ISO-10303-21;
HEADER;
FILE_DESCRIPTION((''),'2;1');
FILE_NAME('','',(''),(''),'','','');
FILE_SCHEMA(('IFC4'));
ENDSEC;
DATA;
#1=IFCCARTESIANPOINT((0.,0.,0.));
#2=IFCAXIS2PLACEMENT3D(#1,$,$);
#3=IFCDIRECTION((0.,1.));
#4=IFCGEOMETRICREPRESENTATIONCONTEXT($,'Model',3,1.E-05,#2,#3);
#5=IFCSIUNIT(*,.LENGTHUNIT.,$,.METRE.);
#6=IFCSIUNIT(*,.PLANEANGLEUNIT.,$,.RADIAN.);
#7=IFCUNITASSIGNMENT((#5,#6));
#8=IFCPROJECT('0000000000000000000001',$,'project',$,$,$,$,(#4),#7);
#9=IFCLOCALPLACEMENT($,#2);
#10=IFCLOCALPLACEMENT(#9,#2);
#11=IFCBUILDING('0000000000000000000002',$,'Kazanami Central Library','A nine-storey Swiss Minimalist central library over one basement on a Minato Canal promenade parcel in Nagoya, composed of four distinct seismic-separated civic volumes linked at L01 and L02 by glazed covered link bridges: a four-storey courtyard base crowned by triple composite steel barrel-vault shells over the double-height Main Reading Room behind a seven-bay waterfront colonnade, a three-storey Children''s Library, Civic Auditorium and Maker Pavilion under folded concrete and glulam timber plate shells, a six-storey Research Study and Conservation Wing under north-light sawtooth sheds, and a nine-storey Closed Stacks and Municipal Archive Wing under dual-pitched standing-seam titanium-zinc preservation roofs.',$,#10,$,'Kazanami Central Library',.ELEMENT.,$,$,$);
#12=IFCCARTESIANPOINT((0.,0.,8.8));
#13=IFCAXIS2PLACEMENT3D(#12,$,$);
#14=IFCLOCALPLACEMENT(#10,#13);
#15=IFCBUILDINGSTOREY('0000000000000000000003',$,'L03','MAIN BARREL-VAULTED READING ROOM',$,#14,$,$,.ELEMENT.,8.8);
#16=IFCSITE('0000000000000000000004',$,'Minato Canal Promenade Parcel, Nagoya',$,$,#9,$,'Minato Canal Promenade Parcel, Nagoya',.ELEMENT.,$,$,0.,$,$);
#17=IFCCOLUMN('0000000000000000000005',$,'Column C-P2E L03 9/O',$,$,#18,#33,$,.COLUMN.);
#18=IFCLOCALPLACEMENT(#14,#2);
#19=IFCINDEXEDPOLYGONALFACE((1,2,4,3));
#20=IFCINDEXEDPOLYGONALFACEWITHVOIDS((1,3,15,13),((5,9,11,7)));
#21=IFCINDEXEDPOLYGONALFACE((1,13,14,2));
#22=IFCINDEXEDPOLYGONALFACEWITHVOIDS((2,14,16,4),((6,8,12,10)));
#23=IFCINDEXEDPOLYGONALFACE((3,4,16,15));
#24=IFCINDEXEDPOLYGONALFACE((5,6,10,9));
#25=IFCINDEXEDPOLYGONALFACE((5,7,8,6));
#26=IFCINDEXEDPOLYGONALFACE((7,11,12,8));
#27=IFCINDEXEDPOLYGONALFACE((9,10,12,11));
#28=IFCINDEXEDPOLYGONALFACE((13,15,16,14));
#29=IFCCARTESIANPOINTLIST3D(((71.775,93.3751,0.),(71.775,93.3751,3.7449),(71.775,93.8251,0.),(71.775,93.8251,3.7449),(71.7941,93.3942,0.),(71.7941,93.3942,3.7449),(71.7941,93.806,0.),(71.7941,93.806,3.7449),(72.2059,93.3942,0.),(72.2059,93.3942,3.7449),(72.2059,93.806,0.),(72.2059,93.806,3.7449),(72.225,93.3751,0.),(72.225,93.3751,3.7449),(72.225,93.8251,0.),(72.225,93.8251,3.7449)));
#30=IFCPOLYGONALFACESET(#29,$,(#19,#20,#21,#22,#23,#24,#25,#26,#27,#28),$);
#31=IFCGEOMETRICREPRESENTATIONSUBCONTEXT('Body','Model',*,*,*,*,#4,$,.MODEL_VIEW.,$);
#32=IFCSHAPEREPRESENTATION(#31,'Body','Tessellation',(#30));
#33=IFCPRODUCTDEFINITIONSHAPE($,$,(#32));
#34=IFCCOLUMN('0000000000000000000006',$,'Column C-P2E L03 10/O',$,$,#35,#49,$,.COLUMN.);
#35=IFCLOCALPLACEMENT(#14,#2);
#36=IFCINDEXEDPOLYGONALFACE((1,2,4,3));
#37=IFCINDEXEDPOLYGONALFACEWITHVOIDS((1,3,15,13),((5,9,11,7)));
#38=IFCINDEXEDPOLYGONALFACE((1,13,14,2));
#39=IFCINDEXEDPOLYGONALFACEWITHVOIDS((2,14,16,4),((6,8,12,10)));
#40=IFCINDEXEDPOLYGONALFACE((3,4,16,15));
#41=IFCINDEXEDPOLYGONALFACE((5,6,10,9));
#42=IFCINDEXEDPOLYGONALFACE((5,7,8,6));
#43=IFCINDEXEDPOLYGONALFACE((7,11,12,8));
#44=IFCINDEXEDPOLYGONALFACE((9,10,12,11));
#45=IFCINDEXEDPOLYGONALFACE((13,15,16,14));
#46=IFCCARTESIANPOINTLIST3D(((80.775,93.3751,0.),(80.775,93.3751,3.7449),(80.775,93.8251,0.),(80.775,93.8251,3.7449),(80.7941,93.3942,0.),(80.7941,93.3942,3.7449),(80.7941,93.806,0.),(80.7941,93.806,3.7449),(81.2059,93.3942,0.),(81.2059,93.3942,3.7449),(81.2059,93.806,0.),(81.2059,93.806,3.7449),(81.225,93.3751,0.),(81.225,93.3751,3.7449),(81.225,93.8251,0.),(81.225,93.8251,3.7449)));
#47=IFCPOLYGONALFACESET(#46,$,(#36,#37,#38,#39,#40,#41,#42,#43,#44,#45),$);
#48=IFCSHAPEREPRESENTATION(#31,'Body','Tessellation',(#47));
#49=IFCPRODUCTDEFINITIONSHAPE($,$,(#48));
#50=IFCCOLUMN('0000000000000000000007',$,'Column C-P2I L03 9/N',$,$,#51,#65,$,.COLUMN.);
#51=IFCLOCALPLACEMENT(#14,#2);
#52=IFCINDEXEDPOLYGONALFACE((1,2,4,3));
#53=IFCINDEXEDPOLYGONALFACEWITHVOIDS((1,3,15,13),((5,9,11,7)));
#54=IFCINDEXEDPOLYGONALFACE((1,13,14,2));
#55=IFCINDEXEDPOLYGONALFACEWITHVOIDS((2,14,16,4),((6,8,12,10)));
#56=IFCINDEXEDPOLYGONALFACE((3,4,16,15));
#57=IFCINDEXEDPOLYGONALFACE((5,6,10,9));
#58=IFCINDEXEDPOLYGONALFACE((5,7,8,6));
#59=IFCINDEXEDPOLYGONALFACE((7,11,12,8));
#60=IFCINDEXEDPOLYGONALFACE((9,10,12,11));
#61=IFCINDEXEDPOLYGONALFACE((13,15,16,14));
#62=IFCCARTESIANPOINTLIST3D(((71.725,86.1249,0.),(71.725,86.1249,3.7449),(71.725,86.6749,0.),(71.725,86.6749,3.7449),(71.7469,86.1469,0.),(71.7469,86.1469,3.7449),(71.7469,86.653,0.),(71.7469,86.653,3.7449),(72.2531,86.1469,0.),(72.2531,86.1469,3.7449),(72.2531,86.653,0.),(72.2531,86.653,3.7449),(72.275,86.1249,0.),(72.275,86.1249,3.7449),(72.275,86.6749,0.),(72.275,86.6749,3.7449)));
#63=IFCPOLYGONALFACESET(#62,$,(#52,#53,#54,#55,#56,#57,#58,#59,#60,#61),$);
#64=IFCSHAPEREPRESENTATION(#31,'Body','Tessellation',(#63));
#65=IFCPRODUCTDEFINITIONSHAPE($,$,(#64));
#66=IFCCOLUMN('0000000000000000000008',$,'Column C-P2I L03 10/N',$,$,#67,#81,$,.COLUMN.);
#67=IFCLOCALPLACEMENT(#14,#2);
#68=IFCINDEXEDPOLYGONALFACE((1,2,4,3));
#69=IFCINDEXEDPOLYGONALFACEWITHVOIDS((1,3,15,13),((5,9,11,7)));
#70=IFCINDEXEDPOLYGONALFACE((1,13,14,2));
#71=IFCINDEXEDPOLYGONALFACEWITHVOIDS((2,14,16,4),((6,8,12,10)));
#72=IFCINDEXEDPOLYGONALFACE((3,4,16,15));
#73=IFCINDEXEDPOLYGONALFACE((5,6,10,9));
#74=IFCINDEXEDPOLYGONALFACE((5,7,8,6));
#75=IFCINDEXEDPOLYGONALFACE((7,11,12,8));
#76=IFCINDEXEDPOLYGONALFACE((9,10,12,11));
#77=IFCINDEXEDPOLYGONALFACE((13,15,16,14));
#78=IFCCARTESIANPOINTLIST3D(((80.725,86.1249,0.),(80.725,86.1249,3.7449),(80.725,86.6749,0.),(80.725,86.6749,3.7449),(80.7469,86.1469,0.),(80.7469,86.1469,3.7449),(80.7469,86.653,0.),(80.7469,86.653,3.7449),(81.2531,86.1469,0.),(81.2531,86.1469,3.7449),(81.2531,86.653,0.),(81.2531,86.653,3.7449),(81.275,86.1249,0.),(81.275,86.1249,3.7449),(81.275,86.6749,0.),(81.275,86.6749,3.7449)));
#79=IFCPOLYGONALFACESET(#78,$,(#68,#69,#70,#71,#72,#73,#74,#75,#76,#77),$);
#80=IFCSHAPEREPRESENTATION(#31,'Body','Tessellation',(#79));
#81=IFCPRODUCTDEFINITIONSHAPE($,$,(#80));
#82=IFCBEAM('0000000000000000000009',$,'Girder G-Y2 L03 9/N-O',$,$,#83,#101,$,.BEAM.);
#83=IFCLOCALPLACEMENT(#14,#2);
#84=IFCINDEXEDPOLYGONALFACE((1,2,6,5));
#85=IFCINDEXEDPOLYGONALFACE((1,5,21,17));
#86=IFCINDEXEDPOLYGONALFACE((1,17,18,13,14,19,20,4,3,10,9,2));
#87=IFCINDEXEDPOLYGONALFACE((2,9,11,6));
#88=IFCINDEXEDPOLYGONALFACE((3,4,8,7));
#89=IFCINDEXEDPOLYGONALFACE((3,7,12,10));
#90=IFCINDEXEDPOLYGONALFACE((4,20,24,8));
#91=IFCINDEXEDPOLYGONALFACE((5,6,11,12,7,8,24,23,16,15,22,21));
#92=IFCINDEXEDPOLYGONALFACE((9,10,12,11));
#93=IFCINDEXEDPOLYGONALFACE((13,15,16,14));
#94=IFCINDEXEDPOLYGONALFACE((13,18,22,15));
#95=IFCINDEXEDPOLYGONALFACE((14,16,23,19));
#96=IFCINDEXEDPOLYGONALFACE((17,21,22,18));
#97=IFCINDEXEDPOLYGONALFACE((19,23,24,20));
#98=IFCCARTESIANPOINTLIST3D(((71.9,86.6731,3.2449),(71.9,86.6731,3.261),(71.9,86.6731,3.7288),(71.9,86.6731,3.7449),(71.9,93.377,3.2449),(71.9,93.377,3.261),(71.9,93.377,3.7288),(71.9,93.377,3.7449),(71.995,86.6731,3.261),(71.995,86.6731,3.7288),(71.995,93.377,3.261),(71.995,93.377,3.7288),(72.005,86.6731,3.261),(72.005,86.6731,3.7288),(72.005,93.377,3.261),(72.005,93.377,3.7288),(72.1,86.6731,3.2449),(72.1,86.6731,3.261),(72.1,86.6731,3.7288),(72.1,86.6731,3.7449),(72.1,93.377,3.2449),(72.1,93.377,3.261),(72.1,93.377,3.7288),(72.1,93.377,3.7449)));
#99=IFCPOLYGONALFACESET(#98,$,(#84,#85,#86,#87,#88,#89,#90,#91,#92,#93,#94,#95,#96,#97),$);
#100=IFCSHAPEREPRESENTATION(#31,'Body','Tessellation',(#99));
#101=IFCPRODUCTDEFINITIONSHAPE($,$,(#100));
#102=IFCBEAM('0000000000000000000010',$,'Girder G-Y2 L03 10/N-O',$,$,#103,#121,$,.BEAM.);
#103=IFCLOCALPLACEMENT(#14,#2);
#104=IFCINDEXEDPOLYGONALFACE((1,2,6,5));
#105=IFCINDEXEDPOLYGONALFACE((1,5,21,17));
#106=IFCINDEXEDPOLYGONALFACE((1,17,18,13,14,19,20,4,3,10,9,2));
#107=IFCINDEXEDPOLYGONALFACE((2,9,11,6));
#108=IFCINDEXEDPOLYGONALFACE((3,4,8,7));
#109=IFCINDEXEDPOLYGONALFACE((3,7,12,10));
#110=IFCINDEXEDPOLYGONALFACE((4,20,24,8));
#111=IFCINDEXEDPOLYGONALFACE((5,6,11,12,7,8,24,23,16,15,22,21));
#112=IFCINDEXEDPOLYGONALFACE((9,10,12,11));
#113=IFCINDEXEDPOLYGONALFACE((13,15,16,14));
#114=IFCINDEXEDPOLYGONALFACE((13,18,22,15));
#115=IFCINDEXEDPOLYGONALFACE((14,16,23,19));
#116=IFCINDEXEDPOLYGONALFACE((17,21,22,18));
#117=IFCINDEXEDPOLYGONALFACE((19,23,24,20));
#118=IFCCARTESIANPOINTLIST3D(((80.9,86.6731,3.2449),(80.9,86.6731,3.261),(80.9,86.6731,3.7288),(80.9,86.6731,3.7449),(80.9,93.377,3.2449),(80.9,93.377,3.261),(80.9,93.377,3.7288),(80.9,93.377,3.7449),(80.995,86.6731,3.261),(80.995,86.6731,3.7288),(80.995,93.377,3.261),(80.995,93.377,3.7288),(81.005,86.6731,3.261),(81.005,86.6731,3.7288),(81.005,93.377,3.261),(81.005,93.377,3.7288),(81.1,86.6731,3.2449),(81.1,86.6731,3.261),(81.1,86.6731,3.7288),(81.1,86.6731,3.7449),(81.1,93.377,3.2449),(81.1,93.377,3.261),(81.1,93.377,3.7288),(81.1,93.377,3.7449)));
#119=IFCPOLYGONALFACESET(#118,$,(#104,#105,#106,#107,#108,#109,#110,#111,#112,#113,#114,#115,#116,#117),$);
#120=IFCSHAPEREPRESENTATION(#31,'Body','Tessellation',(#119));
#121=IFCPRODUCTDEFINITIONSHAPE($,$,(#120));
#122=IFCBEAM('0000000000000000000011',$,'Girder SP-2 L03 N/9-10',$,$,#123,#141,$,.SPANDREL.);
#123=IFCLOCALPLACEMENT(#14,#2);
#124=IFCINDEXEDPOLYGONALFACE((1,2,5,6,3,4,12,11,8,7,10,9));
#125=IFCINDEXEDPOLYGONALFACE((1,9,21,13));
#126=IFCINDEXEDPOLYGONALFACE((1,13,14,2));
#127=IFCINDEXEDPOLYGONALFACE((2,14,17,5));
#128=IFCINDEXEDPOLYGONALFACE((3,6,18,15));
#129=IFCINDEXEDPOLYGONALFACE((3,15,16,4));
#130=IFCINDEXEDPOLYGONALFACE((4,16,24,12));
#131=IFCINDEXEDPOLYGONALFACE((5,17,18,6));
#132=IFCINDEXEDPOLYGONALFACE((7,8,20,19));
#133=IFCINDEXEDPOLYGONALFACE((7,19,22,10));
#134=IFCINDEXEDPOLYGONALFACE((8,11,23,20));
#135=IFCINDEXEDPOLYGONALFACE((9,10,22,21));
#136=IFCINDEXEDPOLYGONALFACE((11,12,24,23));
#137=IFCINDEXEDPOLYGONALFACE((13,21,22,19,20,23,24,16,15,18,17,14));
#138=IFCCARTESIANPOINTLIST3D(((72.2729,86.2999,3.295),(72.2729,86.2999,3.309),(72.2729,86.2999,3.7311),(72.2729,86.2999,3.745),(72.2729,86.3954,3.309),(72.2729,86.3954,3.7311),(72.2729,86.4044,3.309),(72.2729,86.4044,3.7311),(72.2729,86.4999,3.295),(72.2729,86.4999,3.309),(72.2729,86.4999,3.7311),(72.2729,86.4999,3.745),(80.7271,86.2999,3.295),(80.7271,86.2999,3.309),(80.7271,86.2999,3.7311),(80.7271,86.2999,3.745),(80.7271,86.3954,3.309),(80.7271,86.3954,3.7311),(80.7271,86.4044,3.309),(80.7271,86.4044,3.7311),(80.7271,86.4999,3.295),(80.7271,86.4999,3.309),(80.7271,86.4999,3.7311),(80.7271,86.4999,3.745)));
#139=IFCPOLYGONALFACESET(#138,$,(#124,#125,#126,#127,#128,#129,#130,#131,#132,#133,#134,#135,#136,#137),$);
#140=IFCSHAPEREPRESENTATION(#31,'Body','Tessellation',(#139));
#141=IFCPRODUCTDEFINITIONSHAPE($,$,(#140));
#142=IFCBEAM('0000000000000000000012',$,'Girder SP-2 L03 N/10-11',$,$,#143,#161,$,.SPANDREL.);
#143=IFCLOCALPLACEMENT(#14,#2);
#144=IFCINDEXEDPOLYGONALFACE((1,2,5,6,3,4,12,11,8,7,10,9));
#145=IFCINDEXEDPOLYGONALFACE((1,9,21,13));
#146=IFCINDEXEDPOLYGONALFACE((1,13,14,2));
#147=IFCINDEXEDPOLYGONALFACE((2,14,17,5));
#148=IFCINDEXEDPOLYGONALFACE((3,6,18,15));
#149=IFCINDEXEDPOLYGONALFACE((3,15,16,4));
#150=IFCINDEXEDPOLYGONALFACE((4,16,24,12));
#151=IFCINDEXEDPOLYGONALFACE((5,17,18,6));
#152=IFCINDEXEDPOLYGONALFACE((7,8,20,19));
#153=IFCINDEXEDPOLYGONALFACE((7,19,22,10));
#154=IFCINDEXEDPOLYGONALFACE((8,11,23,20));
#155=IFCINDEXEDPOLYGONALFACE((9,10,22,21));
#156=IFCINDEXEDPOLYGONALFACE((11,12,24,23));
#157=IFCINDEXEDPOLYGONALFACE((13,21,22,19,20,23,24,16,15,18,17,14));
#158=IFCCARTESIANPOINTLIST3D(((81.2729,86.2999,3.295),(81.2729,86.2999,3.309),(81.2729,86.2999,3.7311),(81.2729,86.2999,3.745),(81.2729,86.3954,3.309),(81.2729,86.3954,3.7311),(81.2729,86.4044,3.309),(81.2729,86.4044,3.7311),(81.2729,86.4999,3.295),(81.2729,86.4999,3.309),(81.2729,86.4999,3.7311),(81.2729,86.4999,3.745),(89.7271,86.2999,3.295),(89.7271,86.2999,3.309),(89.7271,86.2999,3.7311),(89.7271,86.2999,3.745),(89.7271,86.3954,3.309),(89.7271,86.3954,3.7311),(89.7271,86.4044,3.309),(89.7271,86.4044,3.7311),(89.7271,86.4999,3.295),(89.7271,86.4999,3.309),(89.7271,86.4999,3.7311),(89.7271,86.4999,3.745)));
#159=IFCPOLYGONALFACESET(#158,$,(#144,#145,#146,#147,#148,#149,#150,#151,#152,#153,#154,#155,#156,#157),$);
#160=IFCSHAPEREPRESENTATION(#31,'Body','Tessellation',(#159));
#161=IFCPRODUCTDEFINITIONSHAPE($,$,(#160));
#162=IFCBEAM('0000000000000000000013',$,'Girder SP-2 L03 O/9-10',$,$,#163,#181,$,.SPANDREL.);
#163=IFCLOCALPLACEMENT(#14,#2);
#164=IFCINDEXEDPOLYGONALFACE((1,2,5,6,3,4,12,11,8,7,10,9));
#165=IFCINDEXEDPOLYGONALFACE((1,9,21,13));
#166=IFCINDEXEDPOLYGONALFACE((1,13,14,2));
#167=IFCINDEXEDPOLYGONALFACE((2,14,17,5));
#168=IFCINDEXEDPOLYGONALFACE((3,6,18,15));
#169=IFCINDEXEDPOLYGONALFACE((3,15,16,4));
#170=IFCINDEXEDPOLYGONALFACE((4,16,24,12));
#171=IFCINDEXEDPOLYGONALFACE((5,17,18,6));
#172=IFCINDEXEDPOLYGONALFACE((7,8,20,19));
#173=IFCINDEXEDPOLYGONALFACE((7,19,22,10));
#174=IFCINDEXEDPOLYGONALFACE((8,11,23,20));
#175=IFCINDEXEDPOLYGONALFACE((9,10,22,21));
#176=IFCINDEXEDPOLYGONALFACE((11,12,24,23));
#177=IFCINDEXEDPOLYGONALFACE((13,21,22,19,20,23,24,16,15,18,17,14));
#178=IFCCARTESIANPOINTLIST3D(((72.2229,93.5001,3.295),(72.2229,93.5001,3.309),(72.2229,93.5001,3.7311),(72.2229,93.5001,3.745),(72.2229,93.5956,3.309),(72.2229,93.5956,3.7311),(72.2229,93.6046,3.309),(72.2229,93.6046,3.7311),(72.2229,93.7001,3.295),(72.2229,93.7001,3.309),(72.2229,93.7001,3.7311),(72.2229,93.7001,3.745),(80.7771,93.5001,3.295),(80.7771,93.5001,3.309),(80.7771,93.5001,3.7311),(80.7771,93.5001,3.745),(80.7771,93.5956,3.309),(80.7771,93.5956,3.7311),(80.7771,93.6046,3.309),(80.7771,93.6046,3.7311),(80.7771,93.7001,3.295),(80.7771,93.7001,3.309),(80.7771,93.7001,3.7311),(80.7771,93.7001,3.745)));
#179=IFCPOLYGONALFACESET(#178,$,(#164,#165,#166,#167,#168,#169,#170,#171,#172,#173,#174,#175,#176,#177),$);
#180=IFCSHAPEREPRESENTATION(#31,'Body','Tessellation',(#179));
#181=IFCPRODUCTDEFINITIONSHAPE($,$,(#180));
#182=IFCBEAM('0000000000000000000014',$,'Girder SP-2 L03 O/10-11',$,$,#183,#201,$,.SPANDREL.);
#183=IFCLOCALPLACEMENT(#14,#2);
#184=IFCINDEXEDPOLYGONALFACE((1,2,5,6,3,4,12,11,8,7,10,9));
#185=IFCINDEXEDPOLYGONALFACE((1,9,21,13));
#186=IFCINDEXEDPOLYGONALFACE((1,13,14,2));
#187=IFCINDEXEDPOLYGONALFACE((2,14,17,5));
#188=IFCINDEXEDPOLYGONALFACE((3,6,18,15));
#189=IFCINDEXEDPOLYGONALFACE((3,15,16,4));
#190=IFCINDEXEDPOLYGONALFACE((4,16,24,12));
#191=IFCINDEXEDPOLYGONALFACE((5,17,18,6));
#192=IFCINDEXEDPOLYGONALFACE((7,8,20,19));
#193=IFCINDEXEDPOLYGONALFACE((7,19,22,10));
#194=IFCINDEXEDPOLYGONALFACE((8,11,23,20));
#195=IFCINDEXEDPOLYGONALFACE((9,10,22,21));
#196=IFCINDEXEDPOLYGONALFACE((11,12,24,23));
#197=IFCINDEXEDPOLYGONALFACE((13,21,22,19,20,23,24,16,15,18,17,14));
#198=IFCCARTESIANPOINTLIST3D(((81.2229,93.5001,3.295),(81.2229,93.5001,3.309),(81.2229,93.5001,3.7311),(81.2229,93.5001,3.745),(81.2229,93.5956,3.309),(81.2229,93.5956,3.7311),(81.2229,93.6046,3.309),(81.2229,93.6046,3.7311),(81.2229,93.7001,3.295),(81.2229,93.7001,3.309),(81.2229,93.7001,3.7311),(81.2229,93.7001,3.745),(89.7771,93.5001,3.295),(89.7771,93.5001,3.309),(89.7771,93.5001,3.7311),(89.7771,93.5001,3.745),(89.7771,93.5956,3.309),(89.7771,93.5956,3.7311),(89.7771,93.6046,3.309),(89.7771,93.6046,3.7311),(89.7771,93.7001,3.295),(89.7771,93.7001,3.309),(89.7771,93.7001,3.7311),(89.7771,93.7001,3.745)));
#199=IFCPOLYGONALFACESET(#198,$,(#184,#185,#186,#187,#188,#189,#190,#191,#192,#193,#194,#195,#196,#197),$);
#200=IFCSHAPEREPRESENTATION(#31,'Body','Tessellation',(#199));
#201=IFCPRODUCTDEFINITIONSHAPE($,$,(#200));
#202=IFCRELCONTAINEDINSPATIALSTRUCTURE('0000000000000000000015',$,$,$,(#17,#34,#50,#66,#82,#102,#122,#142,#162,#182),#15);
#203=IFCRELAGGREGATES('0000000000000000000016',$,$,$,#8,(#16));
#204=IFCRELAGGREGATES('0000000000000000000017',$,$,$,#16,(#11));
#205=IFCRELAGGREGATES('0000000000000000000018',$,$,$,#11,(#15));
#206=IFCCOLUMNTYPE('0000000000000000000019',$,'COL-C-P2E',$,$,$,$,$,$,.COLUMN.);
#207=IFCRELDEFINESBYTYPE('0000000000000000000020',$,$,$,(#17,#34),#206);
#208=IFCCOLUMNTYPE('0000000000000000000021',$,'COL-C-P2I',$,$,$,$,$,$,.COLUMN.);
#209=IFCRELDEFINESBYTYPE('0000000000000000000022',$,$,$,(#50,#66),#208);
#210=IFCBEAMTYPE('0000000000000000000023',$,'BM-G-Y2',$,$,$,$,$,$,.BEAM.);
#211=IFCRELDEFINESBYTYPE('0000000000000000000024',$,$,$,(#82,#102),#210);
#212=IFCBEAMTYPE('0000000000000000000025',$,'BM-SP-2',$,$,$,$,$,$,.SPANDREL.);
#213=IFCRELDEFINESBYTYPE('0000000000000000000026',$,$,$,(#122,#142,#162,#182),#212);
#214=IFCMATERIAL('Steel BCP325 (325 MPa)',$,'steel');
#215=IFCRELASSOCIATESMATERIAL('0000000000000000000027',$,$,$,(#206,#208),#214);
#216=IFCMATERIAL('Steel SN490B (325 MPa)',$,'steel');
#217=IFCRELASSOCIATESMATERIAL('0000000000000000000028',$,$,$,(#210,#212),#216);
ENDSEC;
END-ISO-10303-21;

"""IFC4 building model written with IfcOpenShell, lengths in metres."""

from ifc_helpers import new_model, si_unit, direction, frame, origin, origin_2d, place, context, subcontext, project, spatial, hollow_rectangle, i_section, extrude, material, material_profile, profile_set, type_object, element, save


model = new_model("IFC4")

# Units and contexts
model_context = context("Model", 3, precision=1e-05, world=origin(), true_north=direction((0.0, 1.0)))
body_context = subcontext(model_context, "Body", "Model", "MODEL_VIEW")
ifc_project = project(units=[si_unit("LENGTHUNIT", "METRE"), si_unit("PLANEANGLEUNIT", "RADIAN")], contexts=[model_context])

# Site, building, storey
site_placement = place(None, origin())
site = spatial("IfcSite", under=ifc_project, at=site_placement, Name="Minato Canal Promenade Parcel, Nagoya", LongName="Minato Canal Promenade Parcel, Nagoya", CompositionType="ELEMENT", RefElevation=0.0)
building_placement = place(site_placement, origin())
building = spatial("IfcBuilding", under=site, at=building_placement, Name="Kazanami Central Library", Description="A nine-storey Swiss Minimalist central library over one basement on a Minato Canal promenade parcel in Nagoya, composed of four distinct seismic-separated civic volumes linked at L01 and L02 by glazed covered link bridges: a four-storey courtyard base crowned by triple composite steel barrel-vault shells over the double-height Main Reading Room behind a seven-bay waterfront colonnade, a three-storey Children's Library, Civic Auditorium and Maker Pavilion under folded concrete and glulam timber plate shells, a six-storey Research Study and Conservation Wing under north-light sawtooth sheds, and a nine-storey Closed Stacks and Municipal Archive Wing under dual-pitched standing-seam titanium-zinc preservation roofs.", LongName="Kazanami Central Library", CompositionType="ELEMENT")
storey_placement = place(building_placement, frame((0.0, 0.0, 8.8)))
storey = spatial("IfcBuildingStorey", under=building, at=storey_placement, Name="L03", Description="MAIN BARREL-VAULTED READING ROOM", CompositionType="ELEMENT", Elevation=8.8)

# Columns
ifc_material_1 = material(Name="Steel BCP325 (325 MPa)", Category="steel")
ifc_material_profile_1 = material_profile(ifc_material_1, hollow_rectangle(XDim=0.45, YDim=0.45, WallThickness=0.019, at=origin_2d()), Name="BCP-450x450x19")
ifc_profile_set_1 = profile_set([ifc_material_profile_1], Name="Steel BCP325 (325 MPa)")
column_type_1 = type_object("IfcColumnType", Name="COL-C-P2E", PredefinedType="COLUMN", material=ifc_profile_set_1)
for number, where, z_axis, x_axis, name in (
    (1, (72.0, 93.6001, 0.0), (0.0, 0.0, 1.0), (1.0, 0.0, 0.0), "Column C-P2E L03 9/O"),
    (2, (81.0, 93.6001, 0.0), (0.0, 0.0, 1.0), (1.0, 0.0, 0.0), "Column C-P2E L03 10/O"),
):
    element("IfcColumn", number, at=place(storey_placement, frame(where, z_axis=z_axis, x_axis=x_axis)), inside=storey, type_object=column_type_1, Name=name, PredefinedType="COLUMN", context=body_context, shape_type="SweptSolid", body=[
        extrude(hollow_rectangle(XDim=0.45, YDim=0.45, WallThickness=0.019, at=origin_2d()), origin(), (0.0, 0.0, 1.0), 3.7449),
    ])
ifc_material_profile_2 = material_profile(ifc_material_1, hollow_rectangle(XDim=0.55, YDim=0.55, WallThickness=0.022, at=origin_2d()), Name="BCP-550x550x22")
ifc_profile_set_2 = profile_set([ifc_material_profile_2], Name="Steel BCP325 (325 MPa)")
column_type_2 = type_object("IfcColumnType", Name="COL-C-P2I", PredefinedType="COLUMN", material=ifc_profile_set_2)
for number, where, z_axis, x_axis, name in (
    (3, (72.0, 86.3999, 0.0), (0.0, 0.0, 1.0), (1.0, 0.0, 0.0), "Column C-P2I L03 9/N"),
    (4, (81.0, 86.3999, 0.0), (0.0, 0.0, 1.0), (1.0, 0.0, 0.0), "Column C-P2I L03 10/N"),
):
    element("IfcColumn", number, at=place(storey_placement, frame(where, z_axis=z_axis, x_axis=x_axis)), inside=storey, type_object=column_type_2, Name=name, PredefinedType="COLUMN", context=body_context, shape_type="SweptSolid", body=[
        extrude(hollow_rectangle(XDim=0.55, YDim=0.55, WallThickness=0.022, at=origin_2d()), origin(), (0.0, 0.0, 1.0), 3.7449),
    ])

# Beams
ifc_material_2 = material(Name="Steel SN490B (325 MPa)", Category="steel")
ifc_material_profile_3 = material_profile(ifc_material_2, i_section(OverallWidth=0.2, OverallDepth=0.5, WebThickness=0.01, FlangeThickness=0.0161, at=origin_2d()), Name="H-500x200x10x16")
ifc_profile_set_3 = profile_set([ifc_material_profile_3], Name="Steel SN490B (325 MPa)")
beam_type_1 = type_object("IfcBeamType", Name="BM-G-Y2", PredefinedType="BEAM", material=ifc_profile_set_3)
for number, where, z_axis, x_axis, name in (
    (5, (72.0, 86.6731, 3.4949), (0.0, 1.0, 0.0), (-1.0, 0.0, 0.0), "Girder G-Y2 L03 9/N-O"),
    (6, (81.0, 86.6731, 3.4949), (0.0, 1.0, 0.0), (-1.0, 0.0, 0.0), "Girder G-Y2 L03 10/N-O"),
):
    element("IfcBeam", number, at=place(storey_placement, frame(where, z_axis=z_axis, x_axis=x_axis)), inside=storey, type_object=beam_type_1, Name=name, PredefinedType="BEAM", context=body_context, shape_type="SweptSolid", body=[
        extrude(i_section(OverallWidth=0.2, OverallDepth=0.5, WebThickness=0.01, FlangeThickness=0.0161, at=origin_2d()), origin(), (0.0, 0.0, 1.0), 6.7039),
    ])
ifc_material_profile_4 = material_profile(ifc_material_2, i_section(OverallWidth=0.2, OverallDepth=0.45, WebThickness=0.009, FlangeThickness=0.0139, at=origin_2d()), Name="H-450x200x9x14")
ifc_profile_set_4 = profile_set([ifc_material_profile_4], Name="Steel SN490B (325 MPa)")
beam_type_2 = type_object("IfcBeamType", Name="BM-SP-2", PredefinedType="SPANDREL", material=ifc_profile_set_4)
for number, where, z_axis, x_axis, name in (
    (7, (72.2729, 86.3999, 3.52), (1.0, 0.0, 0.0), (0.0, 1.0, 0.0), "Girder SP-2 L03 N/9-10"),
    (8, (81.2729, 86.3999, 3.52), (1.0, 0.0, 0.0), (0.0, 1.0, 0.0), "Girder SP-2 L03 N/10-11"),
):
    element("IfcBeam", number, at=place(storey_placement, frame(where, z_axis=z_axis, x_axis=x_axis)), inside=storey, type_object=beam_type_2, Name=name, PredefinedType="SPANDREL", context=body_context, shape_type="SweptSolid", body=[
        extrude(i_section(OverallWidth=0.2, OverallDepth=0.45, WebThickness=0.009, FlangeThickness=0.0139, at=origin_2d()), origin(), (0.0, 0.0, 1.0), 8.4541),
    ])
for number, where, z_axis, x_axis, name in (
    (9, (72.2229, 93.6001, 3.52), (1.0, 0.0, 0.0), (0.0, 1.0, 0.0), "Girder SP-2 L03 O/9-10"),
    (10, (81.2229, 93.6001, 3.52), (1.0, 0.0, 0.0), (0.0, 1.0, 0.0), "Girder SP-2 L03 O/10-11"),
):
    element("IfcBeam", number, at=place(storey_placement, frame(where, z_axis=z_axis, x_axis=x_axis)), inside=storey, type_object=beam_type_2, Name=name, PredefinedType="SPANDREL", context=body_context, shape_type="SweptSolid", body=[
        extrude(i_section(OverallWidth=0.2, OverallDepth=0.45, WebThickness=0.009, FlangeThickness=0.0139, at=origin_2d()), origin(), (0.0, 0.0, 1.0), 8.5542),
    ])

save(model, "model.ifc")
